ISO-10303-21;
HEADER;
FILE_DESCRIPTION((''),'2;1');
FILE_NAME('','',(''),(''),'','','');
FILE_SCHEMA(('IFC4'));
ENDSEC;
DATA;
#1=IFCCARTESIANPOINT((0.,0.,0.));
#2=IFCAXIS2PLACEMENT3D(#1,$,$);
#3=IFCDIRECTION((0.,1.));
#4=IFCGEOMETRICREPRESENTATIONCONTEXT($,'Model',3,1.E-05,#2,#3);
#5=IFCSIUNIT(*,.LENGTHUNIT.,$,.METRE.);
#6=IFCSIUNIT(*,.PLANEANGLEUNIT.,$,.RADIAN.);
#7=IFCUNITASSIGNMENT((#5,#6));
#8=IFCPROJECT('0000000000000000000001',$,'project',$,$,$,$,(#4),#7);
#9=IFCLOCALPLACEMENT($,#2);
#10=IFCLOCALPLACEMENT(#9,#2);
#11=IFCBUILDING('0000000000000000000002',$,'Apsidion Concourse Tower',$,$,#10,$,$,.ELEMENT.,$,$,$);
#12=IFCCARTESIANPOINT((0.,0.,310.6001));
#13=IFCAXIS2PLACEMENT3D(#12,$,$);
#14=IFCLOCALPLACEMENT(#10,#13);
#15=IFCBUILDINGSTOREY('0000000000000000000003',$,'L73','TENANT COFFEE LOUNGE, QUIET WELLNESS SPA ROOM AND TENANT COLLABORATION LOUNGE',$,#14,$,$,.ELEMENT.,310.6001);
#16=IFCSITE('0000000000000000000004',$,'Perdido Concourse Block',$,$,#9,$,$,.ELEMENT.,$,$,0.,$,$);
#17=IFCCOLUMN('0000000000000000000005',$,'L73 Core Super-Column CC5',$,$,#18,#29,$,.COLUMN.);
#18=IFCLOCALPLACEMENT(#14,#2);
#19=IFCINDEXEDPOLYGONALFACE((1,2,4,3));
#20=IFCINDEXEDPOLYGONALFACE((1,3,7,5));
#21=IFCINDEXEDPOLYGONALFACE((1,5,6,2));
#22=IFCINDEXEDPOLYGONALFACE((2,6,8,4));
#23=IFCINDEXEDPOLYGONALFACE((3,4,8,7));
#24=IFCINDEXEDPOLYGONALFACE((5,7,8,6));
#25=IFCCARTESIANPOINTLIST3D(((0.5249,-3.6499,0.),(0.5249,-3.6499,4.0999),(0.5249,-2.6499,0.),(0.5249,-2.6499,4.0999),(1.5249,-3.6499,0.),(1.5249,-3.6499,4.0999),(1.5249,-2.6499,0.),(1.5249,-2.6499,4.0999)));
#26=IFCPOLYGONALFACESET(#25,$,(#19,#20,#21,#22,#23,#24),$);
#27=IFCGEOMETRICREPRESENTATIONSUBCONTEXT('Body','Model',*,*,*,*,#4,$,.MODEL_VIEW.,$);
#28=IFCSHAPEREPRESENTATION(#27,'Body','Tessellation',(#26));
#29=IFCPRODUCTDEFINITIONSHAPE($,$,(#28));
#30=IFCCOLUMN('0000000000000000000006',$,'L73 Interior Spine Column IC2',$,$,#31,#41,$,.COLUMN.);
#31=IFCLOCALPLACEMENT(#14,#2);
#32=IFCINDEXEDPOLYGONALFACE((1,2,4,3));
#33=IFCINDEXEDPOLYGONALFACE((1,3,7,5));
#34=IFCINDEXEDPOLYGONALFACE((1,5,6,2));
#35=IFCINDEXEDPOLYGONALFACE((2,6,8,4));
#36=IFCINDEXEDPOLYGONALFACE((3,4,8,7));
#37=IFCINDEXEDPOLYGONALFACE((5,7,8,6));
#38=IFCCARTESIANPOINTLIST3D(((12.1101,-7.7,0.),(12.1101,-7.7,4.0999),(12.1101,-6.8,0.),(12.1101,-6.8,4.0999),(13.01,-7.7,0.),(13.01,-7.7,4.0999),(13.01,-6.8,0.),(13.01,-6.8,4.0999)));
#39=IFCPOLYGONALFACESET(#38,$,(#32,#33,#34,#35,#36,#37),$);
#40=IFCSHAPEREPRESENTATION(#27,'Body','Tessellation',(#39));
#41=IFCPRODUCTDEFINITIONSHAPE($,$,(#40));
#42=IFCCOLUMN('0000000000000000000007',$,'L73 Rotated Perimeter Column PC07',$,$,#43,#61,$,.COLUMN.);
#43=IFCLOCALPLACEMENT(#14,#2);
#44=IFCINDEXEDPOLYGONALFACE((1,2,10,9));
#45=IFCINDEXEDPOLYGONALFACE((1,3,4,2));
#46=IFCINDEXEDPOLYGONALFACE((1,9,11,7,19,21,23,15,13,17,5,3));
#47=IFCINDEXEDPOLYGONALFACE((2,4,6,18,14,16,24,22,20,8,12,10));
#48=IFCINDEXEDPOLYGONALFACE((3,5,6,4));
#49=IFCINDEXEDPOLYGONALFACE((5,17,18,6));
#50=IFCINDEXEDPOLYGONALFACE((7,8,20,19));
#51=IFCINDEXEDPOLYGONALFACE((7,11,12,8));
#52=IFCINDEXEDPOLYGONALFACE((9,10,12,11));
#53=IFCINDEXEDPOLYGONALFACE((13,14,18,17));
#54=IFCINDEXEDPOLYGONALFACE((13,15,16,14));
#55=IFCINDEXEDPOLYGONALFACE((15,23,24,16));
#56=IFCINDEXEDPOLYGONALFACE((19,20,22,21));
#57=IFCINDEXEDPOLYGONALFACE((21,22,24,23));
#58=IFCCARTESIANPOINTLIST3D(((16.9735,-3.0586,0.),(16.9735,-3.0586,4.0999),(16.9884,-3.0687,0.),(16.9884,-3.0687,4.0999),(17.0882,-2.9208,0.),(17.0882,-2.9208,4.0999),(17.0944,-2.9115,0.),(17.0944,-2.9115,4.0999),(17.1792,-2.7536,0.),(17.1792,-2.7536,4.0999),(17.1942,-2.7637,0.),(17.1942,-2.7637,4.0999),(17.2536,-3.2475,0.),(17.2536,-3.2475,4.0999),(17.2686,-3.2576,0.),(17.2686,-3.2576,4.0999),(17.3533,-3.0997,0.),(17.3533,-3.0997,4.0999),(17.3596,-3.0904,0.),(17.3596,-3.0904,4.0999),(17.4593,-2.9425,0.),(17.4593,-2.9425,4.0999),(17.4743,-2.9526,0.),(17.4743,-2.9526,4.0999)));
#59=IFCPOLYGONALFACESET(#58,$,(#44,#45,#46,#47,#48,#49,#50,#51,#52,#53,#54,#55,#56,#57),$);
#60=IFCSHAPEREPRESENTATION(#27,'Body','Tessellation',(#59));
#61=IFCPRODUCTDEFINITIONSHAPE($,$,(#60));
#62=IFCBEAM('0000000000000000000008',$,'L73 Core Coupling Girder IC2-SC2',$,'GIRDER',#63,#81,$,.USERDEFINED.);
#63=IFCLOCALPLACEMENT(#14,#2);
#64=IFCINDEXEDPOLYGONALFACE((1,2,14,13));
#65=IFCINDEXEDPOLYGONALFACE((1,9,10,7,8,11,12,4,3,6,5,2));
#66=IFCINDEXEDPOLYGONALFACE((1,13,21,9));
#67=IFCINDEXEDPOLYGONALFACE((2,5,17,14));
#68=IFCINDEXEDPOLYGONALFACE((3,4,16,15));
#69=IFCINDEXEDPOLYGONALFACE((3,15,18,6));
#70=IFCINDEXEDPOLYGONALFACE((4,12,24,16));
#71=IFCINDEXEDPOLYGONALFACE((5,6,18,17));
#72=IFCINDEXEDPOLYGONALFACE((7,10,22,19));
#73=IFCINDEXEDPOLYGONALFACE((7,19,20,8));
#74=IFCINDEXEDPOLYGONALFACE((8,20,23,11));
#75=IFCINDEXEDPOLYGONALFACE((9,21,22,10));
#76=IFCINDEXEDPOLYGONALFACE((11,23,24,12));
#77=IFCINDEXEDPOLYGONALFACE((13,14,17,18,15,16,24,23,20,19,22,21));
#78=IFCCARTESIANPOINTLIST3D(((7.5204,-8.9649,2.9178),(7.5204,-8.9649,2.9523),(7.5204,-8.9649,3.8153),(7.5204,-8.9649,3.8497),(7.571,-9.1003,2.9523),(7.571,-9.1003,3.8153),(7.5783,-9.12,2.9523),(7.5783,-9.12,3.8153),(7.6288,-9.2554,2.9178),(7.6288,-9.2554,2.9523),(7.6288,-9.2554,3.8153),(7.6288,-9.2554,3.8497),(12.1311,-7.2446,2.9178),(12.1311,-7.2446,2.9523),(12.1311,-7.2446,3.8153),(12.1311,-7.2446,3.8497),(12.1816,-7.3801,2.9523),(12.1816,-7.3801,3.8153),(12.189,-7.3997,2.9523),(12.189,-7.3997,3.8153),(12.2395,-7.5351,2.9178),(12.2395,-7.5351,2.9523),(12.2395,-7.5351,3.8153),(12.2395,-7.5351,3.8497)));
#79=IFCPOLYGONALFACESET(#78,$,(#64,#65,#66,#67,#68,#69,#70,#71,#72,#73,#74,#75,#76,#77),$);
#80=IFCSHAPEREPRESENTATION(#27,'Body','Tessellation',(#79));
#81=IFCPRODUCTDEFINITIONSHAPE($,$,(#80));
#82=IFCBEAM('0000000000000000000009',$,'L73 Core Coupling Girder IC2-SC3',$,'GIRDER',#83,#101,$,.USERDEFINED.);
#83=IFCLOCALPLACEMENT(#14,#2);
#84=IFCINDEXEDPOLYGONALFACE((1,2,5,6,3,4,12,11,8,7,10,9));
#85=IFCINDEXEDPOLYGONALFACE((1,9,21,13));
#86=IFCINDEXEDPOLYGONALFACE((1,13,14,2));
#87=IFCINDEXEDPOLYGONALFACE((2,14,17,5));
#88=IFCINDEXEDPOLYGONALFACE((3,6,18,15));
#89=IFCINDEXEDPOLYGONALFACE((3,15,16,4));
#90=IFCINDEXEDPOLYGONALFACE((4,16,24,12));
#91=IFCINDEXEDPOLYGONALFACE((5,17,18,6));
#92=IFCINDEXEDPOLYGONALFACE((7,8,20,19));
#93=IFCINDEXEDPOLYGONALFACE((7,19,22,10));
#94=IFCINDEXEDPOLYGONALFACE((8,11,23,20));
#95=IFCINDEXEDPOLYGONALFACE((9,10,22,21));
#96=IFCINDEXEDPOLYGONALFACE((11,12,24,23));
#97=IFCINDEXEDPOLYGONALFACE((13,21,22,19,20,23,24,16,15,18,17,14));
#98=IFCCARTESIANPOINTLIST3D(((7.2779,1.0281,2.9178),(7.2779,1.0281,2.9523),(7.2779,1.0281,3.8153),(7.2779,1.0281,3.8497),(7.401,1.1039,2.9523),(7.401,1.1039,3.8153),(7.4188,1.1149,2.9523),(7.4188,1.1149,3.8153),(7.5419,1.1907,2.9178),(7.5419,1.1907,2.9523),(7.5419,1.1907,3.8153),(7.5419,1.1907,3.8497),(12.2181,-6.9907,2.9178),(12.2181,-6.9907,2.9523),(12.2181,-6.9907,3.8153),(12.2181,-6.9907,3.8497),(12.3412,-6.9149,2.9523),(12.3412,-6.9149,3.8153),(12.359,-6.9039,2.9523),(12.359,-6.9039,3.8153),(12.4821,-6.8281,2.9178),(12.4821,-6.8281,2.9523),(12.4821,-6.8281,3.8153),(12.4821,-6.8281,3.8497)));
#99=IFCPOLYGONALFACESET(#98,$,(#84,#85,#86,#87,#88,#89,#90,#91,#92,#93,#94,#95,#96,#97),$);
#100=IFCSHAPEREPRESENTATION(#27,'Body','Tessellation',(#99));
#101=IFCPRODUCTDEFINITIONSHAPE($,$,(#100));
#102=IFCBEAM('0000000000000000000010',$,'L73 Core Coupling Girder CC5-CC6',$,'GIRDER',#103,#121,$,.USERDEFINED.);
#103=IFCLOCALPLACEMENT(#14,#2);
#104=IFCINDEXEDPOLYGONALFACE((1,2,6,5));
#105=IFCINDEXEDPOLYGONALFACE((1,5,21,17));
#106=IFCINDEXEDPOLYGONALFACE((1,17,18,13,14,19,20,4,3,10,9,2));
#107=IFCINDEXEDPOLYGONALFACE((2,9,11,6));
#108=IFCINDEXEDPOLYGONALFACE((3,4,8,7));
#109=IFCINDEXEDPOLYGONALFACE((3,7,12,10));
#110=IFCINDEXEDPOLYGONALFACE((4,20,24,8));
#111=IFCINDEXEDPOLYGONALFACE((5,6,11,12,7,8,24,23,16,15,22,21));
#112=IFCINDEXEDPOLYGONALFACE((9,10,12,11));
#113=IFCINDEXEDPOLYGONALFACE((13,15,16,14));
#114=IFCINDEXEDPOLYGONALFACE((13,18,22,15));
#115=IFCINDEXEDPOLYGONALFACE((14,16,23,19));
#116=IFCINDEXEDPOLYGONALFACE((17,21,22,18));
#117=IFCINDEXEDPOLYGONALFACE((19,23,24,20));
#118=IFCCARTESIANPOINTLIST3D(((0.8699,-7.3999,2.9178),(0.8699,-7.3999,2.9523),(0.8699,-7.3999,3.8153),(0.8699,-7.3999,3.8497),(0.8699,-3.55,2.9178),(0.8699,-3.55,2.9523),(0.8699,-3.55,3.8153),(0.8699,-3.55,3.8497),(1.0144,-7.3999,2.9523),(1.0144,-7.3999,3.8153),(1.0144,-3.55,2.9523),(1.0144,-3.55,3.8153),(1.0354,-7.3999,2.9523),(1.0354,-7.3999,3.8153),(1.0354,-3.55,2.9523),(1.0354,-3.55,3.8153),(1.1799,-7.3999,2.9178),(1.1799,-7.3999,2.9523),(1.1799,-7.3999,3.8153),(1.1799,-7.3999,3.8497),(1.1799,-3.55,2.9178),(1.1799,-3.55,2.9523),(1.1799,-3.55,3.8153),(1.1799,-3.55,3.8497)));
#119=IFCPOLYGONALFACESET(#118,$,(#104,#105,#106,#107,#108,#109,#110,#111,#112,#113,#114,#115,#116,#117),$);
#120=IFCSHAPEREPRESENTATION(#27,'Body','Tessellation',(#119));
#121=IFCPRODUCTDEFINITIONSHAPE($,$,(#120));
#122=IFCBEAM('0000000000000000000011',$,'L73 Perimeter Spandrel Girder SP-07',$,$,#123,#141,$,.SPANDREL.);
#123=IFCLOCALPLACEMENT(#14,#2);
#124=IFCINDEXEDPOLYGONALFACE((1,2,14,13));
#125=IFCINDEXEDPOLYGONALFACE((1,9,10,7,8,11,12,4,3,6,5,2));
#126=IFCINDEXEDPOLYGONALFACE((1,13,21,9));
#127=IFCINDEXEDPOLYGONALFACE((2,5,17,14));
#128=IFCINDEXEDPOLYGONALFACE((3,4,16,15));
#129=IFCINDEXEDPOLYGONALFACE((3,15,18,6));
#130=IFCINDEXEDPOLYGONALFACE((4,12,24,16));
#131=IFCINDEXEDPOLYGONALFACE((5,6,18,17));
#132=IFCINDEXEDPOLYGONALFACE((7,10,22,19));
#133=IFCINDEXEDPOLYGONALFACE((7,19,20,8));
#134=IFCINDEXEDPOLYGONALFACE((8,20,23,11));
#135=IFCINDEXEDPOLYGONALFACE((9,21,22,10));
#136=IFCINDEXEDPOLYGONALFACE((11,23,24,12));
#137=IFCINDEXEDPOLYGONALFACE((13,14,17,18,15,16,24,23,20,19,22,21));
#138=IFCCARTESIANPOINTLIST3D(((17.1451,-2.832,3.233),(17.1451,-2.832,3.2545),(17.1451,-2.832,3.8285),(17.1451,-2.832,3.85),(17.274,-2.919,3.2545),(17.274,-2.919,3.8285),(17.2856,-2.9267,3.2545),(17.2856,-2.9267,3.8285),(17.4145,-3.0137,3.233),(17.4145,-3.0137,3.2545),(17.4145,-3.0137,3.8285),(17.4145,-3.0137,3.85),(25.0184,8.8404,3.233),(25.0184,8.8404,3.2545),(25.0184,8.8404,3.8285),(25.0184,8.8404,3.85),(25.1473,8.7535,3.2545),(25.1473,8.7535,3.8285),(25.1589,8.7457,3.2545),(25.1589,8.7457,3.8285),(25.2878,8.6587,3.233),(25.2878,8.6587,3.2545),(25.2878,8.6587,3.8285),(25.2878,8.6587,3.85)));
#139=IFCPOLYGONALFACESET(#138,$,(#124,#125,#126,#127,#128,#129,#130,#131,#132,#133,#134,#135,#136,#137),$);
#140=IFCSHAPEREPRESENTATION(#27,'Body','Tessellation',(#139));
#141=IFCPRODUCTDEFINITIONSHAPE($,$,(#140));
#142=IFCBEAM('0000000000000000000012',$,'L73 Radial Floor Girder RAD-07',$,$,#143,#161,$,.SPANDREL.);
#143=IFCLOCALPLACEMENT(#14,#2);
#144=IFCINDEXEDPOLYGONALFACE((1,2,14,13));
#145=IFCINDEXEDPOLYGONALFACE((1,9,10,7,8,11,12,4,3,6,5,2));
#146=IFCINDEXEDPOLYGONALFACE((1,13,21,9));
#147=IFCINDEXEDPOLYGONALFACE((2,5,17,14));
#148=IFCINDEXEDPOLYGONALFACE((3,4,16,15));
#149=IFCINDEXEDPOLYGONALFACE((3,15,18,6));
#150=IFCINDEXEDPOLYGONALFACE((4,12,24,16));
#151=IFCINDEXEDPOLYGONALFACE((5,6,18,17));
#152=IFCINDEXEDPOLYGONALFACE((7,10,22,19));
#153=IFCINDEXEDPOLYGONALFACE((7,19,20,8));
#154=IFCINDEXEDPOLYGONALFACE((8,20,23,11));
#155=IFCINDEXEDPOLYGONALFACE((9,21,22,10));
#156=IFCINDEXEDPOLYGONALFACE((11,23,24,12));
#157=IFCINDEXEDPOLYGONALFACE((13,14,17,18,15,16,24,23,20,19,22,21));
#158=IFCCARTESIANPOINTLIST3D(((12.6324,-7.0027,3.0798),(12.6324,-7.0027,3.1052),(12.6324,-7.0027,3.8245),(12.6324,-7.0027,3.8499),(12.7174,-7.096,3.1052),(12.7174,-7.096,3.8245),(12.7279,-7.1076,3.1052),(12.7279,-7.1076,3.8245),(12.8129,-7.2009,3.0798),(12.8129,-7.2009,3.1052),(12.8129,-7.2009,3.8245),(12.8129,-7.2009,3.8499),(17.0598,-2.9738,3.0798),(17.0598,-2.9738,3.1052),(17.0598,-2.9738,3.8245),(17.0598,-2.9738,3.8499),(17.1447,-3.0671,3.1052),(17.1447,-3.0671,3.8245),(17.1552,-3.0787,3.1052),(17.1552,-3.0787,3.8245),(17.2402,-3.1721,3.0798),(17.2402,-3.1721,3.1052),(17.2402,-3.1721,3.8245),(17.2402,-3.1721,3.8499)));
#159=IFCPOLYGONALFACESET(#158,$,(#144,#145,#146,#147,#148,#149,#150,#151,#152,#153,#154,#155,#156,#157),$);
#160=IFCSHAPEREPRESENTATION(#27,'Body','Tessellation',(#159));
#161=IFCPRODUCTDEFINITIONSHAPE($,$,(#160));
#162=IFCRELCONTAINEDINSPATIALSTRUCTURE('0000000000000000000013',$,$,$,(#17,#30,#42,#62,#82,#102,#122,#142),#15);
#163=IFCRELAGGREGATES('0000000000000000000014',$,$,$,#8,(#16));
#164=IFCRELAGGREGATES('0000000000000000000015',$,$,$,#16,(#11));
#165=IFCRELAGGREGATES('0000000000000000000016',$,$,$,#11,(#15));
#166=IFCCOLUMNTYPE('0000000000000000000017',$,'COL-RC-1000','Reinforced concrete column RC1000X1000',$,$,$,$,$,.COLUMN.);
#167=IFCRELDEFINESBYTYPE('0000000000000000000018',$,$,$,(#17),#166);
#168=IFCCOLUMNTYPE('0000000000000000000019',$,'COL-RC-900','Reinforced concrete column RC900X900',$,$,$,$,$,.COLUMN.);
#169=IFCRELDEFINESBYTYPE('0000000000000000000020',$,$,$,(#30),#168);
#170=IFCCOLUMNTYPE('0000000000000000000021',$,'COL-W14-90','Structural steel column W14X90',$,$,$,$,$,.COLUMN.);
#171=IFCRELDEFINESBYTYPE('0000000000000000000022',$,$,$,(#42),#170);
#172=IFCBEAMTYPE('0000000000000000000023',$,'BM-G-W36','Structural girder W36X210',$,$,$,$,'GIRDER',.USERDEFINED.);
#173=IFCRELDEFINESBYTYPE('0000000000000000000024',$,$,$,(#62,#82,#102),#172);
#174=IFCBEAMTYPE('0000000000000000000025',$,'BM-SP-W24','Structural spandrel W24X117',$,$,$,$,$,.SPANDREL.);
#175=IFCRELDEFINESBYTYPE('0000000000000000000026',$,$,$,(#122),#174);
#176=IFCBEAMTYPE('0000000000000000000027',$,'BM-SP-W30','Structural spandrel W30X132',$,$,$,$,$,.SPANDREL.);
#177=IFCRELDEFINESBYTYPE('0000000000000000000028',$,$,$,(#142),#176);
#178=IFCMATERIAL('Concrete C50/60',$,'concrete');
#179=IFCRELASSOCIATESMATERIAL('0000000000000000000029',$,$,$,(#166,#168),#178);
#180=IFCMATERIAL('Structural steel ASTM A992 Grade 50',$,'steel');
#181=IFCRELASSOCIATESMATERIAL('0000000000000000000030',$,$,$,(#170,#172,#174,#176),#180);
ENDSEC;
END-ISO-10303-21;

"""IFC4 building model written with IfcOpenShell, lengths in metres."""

from ifc_helpers import new_model, si_unit, direction, frame, origin, origin_2d, place, context, subcontext, project, spatial, rectangle, i_section, extrude, material, material_profile, profile_set, type_object, element, save


model = new_model("IFC4")

# Units and contexts
model_context = context("Model", 3, precision=1e-05, world=origin(), true_north=direction((0.0, 1.0)))
body_context = subcontext(model_context, "Body", "Model", "MODEL_VIEW")
ifc_project = project(units=[si_unit("LENGTHUNIT", "METRE"), si_unit("PLANEANGLEUNIT", "RADIAN")], contexts=[model_context])

# Site, building, storey
site_placement = place(None, origin())
site = spatial("IfcSite", under=ifc_project, at=site_placement, Name="Perdido Concourse Block", CompositionType="ELEMENT", RefElevation=0.0)
building_placement = place(site_placement, origin())
building = spatial("IfcBuilding", under=site, at=building_placement, Name="Apsidion Concourse Tower", CompositionType="ELEMENT")
storey_placement = place(building_placement, frame((0.0, 0.0, 310.6001)))
storey = spatial("IfcBuildingStorey", under=building, at=storey_placement, Name="L73", Description="TENANT COFFEE LOUNGE, QUIET WELLNESS SPA ROOM AND TENANT COLLABORATION LOUNGE", CompositionType="ELEMENT", Elevation=310.6001)

# Columns
ifc_material_1 = material(Name="Concrete C50/60", Category="concrete")
ifc_material_profile_1 = material_profile(ifc_material_1, rectangle(XDim=1.0, YDim=1.0, at=origin_2d()), Name="RC 1000x1000")
ifc_profile_set_1 = profile_set([ifc_material_profile_1], Name="Concrete C50/60")
column_type_1 = type_object("IfcColumnType", Name="COL-RC-1000", Description="Reinforced concrete column RC1000X1000", PredefinedType="COLUMN", material=ifc_profile_set_1)
column_1_placement = place(storey_placement, frame((1.0249, -3.1499, 0.0), z_axis=(0.0, 0.0, 1.0), x_axis=(1.0, 0.0, 0.0)))
element("IfcColumn", 1, at=column_1_placement, inside=storey, type_object=column_type_1, Name="L73 Core Super-Column CC5", PredefinedType="COLUMN", context=body_context, shape_type="SweptSolid", body=[
    extrude(rectangle(XDim=1.0, YDim=1.0, at=origin_2d()), origin(), (0.0, 0.0, 1.0), 4.0999),
])
ifc_material_profile_2 = material_profile(ifc_material_1, rectangle(XDim=0.8999, YDim=0.8999, at=origin_2d()), Name="RC 900x900")
ifc_profile_set_2 = profile_set([ifc_material_profile_2], Name="Concrete C50/60")
column_type_2 = type_object("IfcColumnType", Name="COL-RC-900", Description="Reinforced concrete column RC900X900", PredefinedType="COLUMN", material=ifc_profile_set_2)
column_2_placement = place(storey_placement, frame((12.5601, -7.25, 0.0), z_axis=(0.0, 0.0, 1.0), x_axis=(1.0, 0.0, 0.0)))
element("IfcColumn", 2, at=column_2_placement, inside=storey, type_object=column_type_2, Name="L73 Interior Spine Column IC2", PredefinedType="COLUMN", context=body_context, shape_type="SweptSolid", body=[
    extrude(rectangle(XDim=0.8999, YDim=0.8999, at=origin_2d()), origin(), (0.0, 0.0, 1.0), 4.0999),
])
ifc_material_2 = material(Name="Structural steel ASTM A992 Grade 50", Category="steel")
ifc_material_profile_3 = material_profile(ifc_material_2, i_section(OverallWidth=0.3679, OverallDepth=0.356, WebThickness=0.0112, FlangeThickness=0.0181, at=origin_2d()), Name="W14X90")
ifc_profile_set_3 = profile_set([ifc_material_profile_3], Name="Structural steel ASTM A992 Grade 50")
column_type_3 = type_object("IfcColumnType", Name="COL-W14-90", Description="Structural steel column W14X90", PredefinedType="COLUMN", material=ifc_profile_set_3)
column_3_placement = place(storey_placement, frame((17.2239, -3.0056, 0.0), z_axis=(0.0, 0.0, 1.0), x_axis=(0.559193, 0.829038, 0.0)))
element("IfcColumn", 3, at=column_3_placement, inside=storey, type_object=column_type_3, Name="L73 Rotated Perimeter Column PC07", PredefinedType="COLUMN", context=body_context, shape_type="SweptSolid", body=[
    extrude(i_section(OverallWidth=0.3679, OverallDepth=0.356, WebThickness=0.0112, FlangeThickness=0.0181, at=origin_2d()), origin(), (0.0, 0.0, 1.0), 4.0999),
])

# Beams
ifc_material_profile_4 = material_profile(ifc_material_2, i_section(OverallWidth=0.3101, OverallDepth=0.9319, WebThickness=0.021, FlangeThickness=0.0344, at=origin_2d()), Name="W36X210")
ifc_profile_set_4 = profile_set([ifc_material_profile_4], Name="Structural steel ASTM A992 Grade 50")
beam_type_1 = type_object("IfcBeamType", Name="BM-G-W36", Description="Structural girder W36X210", ElementType="GIRDER", PredefinedType="USERDEFINED", material=ifc_profile_set_4)
beam_1_placement = place(storey_placement, frame((12.1853, -7.3899, 3.3838), z_axis=(-0.936913, -0.349563, 0.0), x_axis=(0.349563, -0.936913, 0.0)))
element("IfcBeam", 4, at=beam_1_placement, inside=storey, type_object=beam_type_1, Name="L73 Core Coupling Girder IC2-SC2", ObjectType="GIRDER", PredefinedType="USERDEFINED", context=body_context, shape_type="SweptSolid", body=[
    extrude(i_section(OverallWidth=0.3101, OverallDepth=0.9319, WebThickness=0.021, FlangeThickness=0.0344, at=origin_2d()), origin(), (0.0, 0.0, 1.0), 4.9211),
])
beam_2_placement = place(storey_placement, frame((12.3501, -6.9094, 3.3838), z_axis=(-0.524524, 0.851396, 0.0), x_axis=(-0.851396, -0.524524, 0.0)))
element("IfcBeam", 5, at=beam_2_placement, inside=storey, type_object=beam_type_1, Name="L73 Core Coupling Girder IC2-SC3", ObjectType="GIRDER", PredefinedType="USERDEFINED", context=body_context, shape_type="SweptSolid", body=[
    extrude(i_section(OverallWidth=0.3101, OverallDepth=0.9319, WebThickness=0.021, FlangeThickness=0.0344, at=origin_2d()), origin(), (0.0, 0.0, 1.0), 9.4185),
])
beam_3_placement = place(storey_placement, frame((1.0249, -3.55, 3.3838), z_axis=(0.0, -1.0, 0.0), x_axis=(1.0, 0.0, 0.0)))
element("IfcBeam", 6, at=beam_3_placement, inside=storey, type_object=beam_type_1, Name="L73 Core Coupling Girder CC5-CC6", ObjectType="GIRDER", PredefinedType="USERDEFINED", context=body_context, shape_type="SweptSolid", body=[
    extrude(i_section(OverallWidth=0.3101, OverallDepth=0.9319, WebThickness=0.021, FlangeThickness=0.0344, at=origin_2d()), origin(), (0.0, 0.0, 1.0), 3.8499),
])
ifc_material_profile_5 = material_profile(ifc_material_2, i_section(OverallWidth=0.325, OverallDepth=0.6169, WebThickness=0.0139, FlangeThickness=0.0215, at=origin_2d()), Name="W24X117")
ifc_profile_set_5 = profile_set([ifc_material_profile_5], Name="Structural steel ASTM A992 Grade 50")
beam_type_2 = type_object("IfcBeamType", Name="BM-SP-W24", Description="Structural spandrel W24X117", PredefinedType="SPANDREL", material=ifc_profile_set_5)
beam_4_placement = place(storey_placement, frame((17.2798, -2.9229, 3.5415), z_axis=(0.559202, 0.829032, 0.0), x_axis=(-0.829032, 0.559202, 0.0)))
element("IfcBeam", 7, at=beam_4_placement, inside=storey, type_object=beam_type_2, Name="L73 Perimeter Spandrel Girder SP-07", PredefinedType="SPANDREL", context=body_context, shape_type="SweptSolid", body=[
    extrude(i_section(OverallWidth=0.325, OverallDepth=0.6169, WebThickness=0.0139, FlangeThickness=0.0215, at=origin_2d()), origin(), (0.0, 0.0, 1.0), 14.0796),
])
ifc_material_profile_6 = material_profile(ifc_material_2, i_section(OverallWidth=0.2681, OverallDepth=0.77, WebThickness=0.0156, FlangeThickness=0.0254, at=origin_2d()), Name="W30X132")
ifc_profile_set_6 = profile_set([ifc_material_profile_6], Name="Structural steel ASTM A992 Grade 50")
beam_type_3 = type_object("IfcBeamType", Name="BM-SP-W30", Description="Structural spandrel W30X132", PredefinedType="SPANDREL", material=ifc_profile_set_6)
beam_5_placement = place(storey_placement, frame((12.7227, -7.1018, 3.4648), z_axis=(0.739604, 0.673042, 0.0), x_axis=(-0.673042, 0.739604, 0.0)))
element("IfcBeam", 8, at=beam_5_placement, inside=storey, type_object=beam_type_3, Name="L73 Radial Floor Girder RAD-07", PredefinedType="SPANDREL", context=body_context, shape_type="SweptSolid", body=[
    extrude(i_section(OverallWidth=0.2681, OverallDepth=0.77, WebThickness=0.0156, FlangeThickness=0.0254, at=origin_2d()), origin(), (0.0, 0.0, 1.0), 5.9861),
])

save(model, "model.ifc")
